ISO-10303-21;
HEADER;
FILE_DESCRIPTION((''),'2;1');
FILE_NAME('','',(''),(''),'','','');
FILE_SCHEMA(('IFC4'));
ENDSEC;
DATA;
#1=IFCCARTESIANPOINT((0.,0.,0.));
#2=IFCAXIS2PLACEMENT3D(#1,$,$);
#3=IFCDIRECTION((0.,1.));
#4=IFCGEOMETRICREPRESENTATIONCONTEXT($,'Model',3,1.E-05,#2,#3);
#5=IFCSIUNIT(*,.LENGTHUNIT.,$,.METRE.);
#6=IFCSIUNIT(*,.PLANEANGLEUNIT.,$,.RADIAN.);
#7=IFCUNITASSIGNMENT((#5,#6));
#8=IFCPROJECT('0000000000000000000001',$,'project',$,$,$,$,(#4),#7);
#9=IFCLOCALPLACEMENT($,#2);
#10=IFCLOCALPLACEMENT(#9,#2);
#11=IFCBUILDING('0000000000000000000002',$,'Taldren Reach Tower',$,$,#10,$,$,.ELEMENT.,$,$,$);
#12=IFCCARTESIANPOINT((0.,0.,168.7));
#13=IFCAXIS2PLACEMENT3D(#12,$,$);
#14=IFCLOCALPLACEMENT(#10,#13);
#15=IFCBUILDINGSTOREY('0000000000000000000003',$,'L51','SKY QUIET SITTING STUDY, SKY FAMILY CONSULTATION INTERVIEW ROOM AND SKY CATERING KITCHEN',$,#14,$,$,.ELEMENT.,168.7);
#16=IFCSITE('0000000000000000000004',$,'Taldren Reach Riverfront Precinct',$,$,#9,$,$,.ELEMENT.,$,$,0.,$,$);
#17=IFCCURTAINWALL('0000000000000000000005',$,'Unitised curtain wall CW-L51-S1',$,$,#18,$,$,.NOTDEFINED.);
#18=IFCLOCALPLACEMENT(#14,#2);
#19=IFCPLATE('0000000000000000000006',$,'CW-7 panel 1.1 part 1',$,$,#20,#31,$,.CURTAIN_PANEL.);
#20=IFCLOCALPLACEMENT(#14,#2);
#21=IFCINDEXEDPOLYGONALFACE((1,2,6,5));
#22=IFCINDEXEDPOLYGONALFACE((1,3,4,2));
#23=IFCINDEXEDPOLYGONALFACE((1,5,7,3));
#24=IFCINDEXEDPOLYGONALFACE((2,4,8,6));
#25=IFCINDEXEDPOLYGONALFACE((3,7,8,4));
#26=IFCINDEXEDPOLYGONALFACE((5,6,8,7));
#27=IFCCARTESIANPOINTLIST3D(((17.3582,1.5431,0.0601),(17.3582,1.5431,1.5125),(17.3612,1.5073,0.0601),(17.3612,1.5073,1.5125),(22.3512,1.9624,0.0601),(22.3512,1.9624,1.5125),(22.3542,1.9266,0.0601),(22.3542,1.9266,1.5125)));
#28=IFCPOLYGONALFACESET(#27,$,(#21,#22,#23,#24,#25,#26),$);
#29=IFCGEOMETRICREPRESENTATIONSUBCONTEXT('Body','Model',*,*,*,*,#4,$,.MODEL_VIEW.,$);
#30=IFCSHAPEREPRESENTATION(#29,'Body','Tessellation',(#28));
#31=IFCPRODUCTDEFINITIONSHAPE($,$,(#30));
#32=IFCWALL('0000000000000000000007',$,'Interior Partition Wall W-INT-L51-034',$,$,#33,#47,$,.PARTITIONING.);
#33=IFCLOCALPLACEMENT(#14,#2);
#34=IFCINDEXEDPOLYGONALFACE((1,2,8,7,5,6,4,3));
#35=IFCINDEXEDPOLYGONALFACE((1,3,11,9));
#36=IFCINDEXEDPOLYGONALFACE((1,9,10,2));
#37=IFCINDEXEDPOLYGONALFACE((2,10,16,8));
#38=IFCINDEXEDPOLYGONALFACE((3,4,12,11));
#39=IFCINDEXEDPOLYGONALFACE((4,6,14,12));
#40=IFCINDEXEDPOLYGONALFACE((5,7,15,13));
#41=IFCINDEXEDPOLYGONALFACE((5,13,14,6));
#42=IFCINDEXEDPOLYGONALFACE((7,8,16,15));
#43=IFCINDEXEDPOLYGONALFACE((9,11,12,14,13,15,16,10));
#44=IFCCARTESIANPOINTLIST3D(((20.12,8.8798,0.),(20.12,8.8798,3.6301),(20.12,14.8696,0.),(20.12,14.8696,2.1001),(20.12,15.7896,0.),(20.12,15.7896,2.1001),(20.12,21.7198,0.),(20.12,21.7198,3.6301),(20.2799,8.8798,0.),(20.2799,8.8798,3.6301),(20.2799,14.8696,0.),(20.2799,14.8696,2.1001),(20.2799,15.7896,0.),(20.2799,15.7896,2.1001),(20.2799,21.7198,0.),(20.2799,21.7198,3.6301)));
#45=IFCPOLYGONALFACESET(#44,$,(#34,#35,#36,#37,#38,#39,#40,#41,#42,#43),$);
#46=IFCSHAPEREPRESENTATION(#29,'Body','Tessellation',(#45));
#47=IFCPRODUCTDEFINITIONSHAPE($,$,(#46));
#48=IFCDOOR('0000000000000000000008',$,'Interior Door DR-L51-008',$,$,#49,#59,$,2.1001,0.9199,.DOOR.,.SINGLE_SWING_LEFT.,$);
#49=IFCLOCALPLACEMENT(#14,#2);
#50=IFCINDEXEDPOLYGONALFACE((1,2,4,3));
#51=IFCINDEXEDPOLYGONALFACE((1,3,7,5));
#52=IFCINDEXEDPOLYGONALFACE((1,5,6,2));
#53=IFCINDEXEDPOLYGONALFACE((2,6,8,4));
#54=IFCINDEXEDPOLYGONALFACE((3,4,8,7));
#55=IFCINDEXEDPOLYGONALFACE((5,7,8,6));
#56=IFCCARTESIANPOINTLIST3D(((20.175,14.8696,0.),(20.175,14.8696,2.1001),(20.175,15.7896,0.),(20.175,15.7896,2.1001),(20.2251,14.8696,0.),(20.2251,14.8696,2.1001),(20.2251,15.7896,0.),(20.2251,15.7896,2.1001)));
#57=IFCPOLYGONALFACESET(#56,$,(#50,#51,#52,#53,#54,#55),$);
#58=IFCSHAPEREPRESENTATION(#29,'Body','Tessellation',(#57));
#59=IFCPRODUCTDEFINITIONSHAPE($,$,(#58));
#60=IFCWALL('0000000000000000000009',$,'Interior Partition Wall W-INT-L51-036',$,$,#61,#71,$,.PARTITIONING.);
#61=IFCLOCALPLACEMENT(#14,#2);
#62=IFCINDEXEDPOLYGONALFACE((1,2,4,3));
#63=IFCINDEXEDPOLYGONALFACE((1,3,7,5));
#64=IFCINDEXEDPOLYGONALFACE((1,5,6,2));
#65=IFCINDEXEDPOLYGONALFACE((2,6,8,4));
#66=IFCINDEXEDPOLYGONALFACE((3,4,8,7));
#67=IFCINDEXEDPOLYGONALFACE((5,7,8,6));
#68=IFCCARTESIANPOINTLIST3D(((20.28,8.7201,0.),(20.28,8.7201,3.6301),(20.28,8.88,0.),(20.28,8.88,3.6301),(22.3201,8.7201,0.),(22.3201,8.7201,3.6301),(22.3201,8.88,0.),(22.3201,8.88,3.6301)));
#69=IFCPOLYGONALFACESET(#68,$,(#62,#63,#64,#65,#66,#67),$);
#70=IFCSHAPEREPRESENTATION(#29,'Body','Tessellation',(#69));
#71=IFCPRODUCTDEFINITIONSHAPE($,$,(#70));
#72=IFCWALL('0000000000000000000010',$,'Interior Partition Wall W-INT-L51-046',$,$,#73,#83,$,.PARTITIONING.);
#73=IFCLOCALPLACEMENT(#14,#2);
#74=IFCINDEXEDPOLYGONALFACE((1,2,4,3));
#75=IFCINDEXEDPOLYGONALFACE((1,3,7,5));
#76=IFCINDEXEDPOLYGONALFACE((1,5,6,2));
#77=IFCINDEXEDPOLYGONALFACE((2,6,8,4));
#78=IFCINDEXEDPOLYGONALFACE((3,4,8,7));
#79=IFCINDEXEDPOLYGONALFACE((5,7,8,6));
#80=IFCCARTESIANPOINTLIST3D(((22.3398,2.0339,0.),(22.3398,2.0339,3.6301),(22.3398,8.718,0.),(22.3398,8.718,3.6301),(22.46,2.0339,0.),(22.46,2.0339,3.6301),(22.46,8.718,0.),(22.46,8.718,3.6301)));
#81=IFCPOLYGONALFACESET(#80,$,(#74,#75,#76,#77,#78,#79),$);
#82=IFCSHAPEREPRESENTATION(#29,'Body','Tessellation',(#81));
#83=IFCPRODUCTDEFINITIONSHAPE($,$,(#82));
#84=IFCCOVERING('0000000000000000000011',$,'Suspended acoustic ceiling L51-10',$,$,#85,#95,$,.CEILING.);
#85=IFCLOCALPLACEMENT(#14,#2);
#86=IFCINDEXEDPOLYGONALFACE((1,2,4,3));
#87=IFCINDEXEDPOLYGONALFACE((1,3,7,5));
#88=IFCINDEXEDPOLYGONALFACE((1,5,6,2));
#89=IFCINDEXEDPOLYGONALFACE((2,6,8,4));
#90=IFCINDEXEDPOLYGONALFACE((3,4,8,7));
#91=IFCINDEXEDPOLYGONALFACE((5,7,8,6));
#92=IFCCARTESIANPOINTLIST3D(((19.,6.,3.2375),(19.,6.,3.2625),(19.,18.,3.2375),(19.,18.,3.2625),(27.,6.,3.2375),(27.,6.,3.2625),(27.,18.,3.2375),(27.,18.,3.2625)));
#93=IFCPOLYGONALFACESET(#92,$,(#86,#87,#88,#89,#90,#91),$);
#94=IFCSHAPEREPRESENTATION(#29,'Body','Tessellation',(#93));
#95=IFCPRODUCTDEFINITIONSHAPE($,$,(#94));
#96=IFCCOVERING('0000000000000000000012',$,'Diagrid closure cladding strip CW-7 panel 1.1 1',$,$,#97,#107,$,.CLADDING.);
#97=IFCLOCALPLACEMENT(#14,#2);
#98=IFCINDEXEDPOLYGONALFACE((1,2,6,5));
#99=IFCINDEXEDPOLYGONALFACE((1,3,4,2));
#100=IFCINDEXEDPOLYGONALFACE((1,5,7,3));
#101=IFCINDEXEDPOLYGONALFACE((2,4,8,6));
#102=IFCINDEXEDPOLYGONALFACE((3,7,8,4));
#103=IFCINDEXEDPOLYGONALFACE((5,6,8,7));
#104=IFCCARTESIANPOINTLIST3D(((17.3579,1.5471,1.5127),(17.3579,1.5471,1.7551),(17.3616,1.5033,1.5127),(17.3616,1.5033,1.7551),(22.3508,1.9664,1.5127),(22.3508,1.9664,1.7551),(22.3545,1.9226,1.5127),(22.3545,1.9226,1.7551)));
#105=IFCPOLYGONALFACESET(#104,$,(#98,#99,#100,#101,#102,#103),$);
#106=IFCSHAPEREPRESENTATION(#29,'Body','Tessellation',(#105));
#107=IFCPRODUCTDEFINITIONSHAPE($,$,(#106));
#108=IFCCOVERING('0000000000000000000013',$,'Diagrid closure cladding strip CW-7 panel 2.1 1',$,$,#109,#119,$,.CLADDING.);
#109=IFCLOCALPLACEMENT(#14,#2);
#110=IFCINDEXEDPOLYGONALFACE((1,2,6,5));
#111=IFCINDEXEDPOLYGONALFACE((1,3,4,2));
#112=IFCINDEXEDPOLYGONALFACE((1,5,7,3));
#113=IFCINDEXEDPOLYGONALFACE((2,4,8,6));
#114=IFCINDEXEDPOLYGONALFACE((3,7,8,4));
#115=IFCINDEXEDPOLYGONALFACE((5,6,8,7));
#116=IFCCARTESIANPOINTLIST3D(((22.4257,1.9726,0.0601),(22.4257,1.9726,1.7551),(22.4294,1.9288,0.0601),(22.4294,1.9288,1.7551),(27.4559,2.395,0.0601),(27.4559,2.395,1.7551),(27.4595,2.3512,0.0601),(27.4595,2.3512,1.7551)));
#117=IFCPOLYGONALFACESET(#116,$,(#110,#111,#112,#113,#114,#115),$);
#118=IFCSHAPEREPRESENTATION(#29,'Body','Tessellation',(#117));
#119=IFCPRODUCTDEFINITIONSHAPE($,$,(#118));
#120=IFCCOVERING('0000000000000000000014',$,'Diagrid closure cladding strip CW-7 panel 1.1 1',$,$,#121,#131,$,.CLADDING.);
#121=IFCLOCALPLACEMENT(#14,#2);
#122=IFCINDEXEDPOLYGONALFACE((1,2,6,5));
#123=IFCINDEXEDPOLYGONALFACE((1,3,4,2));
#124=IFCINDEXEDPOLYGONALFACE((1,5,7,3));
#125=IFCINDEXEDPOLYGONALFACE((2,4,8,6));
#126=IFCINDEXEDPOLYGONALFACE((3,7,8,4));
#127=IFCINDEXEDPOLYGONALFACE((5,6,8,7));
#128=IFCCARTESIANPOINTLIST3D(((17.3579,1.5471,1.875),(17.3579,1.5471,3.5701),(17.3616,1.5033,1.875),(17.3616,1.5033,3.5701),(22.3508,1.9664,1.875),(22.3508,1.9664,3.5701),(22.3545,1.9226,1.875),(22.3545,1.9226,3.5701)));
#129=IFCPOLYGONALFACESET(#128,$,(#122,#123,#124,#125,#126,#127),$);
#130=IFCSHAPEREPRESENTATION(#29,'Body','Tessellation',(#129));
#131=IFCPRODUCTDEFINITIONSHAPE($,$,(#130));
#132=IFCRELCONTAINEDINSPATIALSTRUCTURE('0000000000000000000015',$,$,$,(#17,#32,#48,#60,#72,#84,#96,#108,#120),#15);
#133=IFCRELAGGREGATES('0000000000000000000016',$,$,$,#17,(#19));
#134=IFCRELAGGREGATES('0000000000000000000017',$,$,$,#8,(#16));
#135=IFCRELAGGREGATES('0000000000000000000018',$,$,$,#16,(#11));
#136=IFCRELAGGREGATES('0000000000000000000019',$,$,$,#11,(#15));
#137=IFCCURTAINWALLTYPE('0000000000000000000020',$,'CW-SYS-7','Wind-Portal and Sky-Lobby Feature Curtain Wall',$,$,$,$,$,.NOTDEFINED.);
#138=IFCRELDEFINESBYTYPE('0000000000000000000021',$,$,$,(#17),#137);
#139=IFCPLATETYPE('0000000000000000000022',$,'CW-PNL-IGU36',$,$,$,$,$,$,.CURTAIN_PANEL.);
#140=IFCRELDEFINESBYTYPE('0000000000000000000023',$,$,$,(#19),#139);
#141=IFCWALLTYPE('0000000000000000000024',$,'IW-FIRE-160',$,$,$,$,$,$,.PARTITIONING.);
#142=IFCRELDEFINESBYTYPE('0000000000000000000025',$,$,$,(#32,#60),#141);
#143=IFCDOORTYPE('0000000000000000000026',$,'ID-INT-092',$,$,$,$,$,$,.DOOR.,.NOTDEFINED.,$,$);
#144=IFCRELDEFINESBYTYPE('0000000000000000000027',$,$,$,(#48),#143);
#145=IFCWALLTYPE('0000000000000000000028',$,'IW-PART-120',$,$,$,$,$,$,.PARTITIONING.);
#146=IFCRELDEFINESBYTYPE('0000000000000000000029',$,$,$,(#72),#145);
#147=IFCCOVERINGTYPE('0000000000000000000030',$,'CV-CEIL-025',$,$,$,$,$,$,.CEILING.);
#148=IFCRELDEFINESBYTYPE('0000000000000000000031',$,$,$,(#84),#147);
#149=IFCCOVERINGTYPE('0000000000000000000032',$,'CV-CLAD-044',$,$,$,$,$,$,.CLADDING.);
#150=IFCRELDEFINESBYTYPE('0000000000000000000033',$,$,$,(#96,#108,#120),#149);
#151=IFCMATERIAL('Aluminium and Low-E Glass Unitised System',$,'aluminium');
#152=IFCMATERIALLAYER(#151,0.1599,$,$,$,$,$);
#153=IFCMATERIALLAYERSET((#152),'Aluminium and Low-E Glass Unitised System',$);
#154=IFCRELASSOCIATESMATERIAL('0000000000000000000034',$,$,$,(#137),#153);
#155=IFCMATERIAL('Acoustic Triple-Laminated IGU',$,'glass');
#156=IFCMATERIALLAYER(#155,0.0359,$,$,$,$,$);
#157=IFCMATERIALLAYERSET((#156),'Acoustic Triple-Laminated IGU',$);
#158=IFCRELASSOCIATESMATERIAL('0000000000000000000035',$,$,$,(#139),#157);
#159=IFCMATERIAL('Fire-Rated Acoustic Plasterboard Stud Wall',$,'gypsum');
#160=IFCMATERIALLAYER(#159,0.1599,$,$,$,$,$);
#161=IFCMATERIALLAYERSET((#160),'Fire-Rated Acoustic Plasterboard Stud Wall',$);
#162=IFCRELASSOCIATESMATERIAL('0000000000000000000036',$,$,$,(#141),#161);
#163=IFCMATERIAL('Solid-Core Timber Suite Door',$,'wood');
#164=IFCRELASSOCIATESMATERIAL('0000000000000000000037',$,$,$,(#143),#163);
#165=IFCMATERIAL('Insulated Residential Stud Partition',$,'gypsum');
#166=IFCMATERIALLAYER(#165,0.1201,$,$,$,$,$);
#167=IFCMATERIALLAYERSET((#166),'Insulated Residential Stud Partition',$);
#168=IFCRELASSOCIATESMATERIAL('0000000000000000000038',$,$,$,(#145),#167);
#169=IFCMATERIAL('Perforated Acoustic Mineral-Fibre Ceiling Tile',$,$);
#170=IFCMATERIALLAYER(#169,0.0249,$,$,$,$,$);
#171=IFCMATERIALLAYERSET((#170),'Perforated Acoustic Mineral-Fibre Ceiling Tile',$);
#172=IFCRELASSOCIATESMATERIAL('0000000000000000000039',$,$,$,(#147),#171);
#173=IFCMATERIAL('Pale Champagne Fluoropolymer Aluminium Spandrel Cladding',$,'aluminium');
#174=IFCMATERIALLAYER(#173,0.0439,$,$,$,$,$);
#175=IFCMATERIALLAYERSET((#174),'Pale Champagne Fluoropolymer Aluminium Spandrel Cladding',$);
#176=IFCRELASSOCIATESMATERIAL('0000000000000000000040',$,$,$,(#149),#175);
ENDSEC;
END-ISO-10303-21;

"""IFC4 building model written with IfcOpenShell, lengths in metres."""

from ifc_helpers import new_model, si_unit, direction, frame, frame_2d, origin, origin_2d, place, context, subcontext, project, spatial, rectangle, extrude, source, transform, mapped, material, layer, layer_set, type_object, element, fill, aggregate, save


model = new_model("IFC4")

# Units and contexts
model_context = context("Model", 3, precision=1e-05, world=origin(), true_north=direction((0.0, 1.0)))
body_context = subcontext(model_context, "Body", "Model", "MODEL_VIEW")
ifc_project = project(units=[si_unit("LENGTHUNIT", "METRE"), si_unit("PLANEANGLEUNIT", "RADIAN")], contexts=[model_context])

# Site, building, storey
site_placement = place(None, origin())
site = spatial("IfcSite", under=ifc_project, at=site_placement, Name="Taldren Reach Riverfront Precinct", CompositionType="ELEMENT", RefElevation=0.0)
building_placement = place(site_placement, origin())
building = spatial("IfcBuilding", under=site, at=building_placement, Name="Taldren Reach Tower", CompositionType="ELEMENT")
storey_placement = place(building_placement, frame((0.0, 0.0, 168.7)))
storey = spatial("IfcBuildingStorey", under=building, at=storey_placement, Name="L51", Description="SKY QUIET SITTING STUDY, SKY FAMILY CONSULTATION INTERVIEW ROOM AND SKY CATERING KITCHEN", CompositionType="ELEMENT", Elevation=168.7)

# Curtain wall
ifc_material_1 = material(Name="Aluminium and Low-E Glass Unitised System", Category="aluminium")
ifc_layer_1 = layer(ifc_material_1, 0.1599)
ifc_layer_set_1 = layer_set([ifc_layer_1], Name="Aluminium and Low-E Glass Unitised System")
curtain_wall_type = type_object("IfcCurtainWallType", Name="CW-SYS-7", Description="Wind-Portal and Sky-Lobby Feature Curtain Wall", PredefinedType="NOTDEFINED", material=ifc_layer_set_1)
curtain_wall_1_placement = place(storey_placement, origin())
curtain_wall_1 = element("IfcCurtainWall", 1, at=curtain_wall_1_placement, inside=storey, type_object=curtain_wall_type, Name="Unitised curtain wall CW-L51-S1", PredefinedType="NOTDEFINED")

# Plate
ifc_material_2 = material(Name="Acoustic Triple-Laminated IGU", Category="glass")
ifc_layer_2 = layer(ifc_material_2, 0.0359)
ifc_layer_set_2 = layer_set([ifc_layer_2], Name="Acoustic Triple-Laminated IGU")
plate_type_1 = type_object("IfcPlateType", Name="CW-PNL-IGU36", PredefinedType="CURTAIN_PANEL", material=ifc_layer_set_2)
shared_shape_1 = source(origin(), body_context, "Body", "SweptSolid", [
    extrude(rectangle(XDim=5.0105, YDim=0.0359, at=origin_2d()), origin(), (0.0, 0.0, 1.0), 1.4524),
])
plate_1_placement = place(storey_placement, frame((19.8562, 1.7349, 0.0601), z_axis=(0.0, 0.0, 1.0), x_axis=(0.996493, 0.083678, 0.0)))
plate_1 = element("IfcPlate", 2, at=plate_1_placement, type_object=plate_type_1, Name="CW-7 panel 1.1 part 1", PredefinedType="CURTAIN_PANEL", context=body_context, shape_type="MappedRepresentation", body=[
    mapped(shared_shape_1, transform((0.0, 0.0, 0.0), scale=1.0)),
])
aggregate(curtain_wall_1, [plate_1])

# Wall, opening, door
ifc_material_3 = material(Name="Fire-Rated Acoustic Plasterboard Stud Wall", Category="gypsum")
ifc_layer_3 = layer(ifc_material_3, 0.1599)
ifc_layer_set_3 = layer_set([ifc_layer_3], Name="Fire-Rated Acoustic Plasterboard Stud Wall")
wall_type_1 = type_object("IfcWallType", Name="IW-FIRE-160", PredefinedType="PARTITIONING", material=ifc_layer_set_3)
shared_shape_2 = source(origin(), body_context, "Body", "SweptSolid", [
    extrude(rectangle(XDim=12.8401, YDim=0.1599, at=frame_2d((6.4199, 0.0))), origin(), (0.0, 0.0, 1.0), 3.6301),
])
wall_1_placement = place(storey_placement, frame((20.2, 8.8799, 0.0), z_axis=(0.0, 0.0, 1.0), x_axis=(0.0, 1.0, 0.0)))
wall_1 = element("IfcWall", 3, at=wall_1_placement, inside=storey, type_object=wall_type_1, Name="Interior Partition Wall W-INT-L51-034", PredefinedType="PARTITIONING", context=body_context, shape_type="MappedRepresentation", body=[
    mapped(shared_shape_2, transform((0.0, 0.0, 0.0), scale=1.0)),
])
shared_shape_3 = source(origin(), body_context, "Body", "SweptSolid", [
    extrude(rectangle(XDim=0.9199, YDim=2.1001, at=frame_2d((0.46, 1.05))), frame((0.0, 0.0898, 0.0), z_axis=(0.0, -1.0, 0.0), x_axis=(1.0, 0.0, 0.0)), (0.0, 0.0, 1.0), 0.1799),
])
opening_placement = place(wall_1_placement, frame((5.9897, 0.0, 0.0)))
opening = element("IfcOpeningElement", 4, at=opening_placement, cuts=wall_1, PredefinedType="OPENING", context=body_context, shape_type="MappedRepresentation", body=[
    mapped(shared_shape_3, transform((0.0, 0.0, 0.0), scale=1.0)),
])
ifc_material_4 = material(Name="Solid-Core Timber Suite Door", Category="wood")
door_type = type_object("IfcDoorType", Name="ID-INT-092", OperationType="NOTDEFINED", PredefinedType="DOOR", material=ifc_material_4)
shared_shape_4 = source(origin(), body_context, "Body", "SweptSolid", [
    extrude(rectangle(XDim=0.9199, YDim=2.1001, at=frame_2d((0.46, 1.05))), frame((0.0, 0.0249, 0.0), z_axis=(0.0, -1.0, 0.0), x_axis=(1.0, 0.0, 0.0)), (0.0, 0.0, 1.0), 0.05),
])
door_placement = place(opening_placement, origin())
door = element("IfcDoor", 5, at=door_placement, inside=storey, type_object=door_type, Name="Interior Door DR-L51-008", OperationType="SINGLE_SWING_LEFT", OverallHeight=2.1001, OverallWidth=0.9199, PredefinedType="DOOR", context=body_context, shape_type="MappedRepresentation", body=[
    mapped(shared_shape_4, transform((0.0, 0.0, 0.0), scale=1.0)),
])
fill(opening, door)

# Walls
shared_shape_5 = source(origin(), body_context, "Body", "SweptSolid", [
    extrude(rectangle(XDim=2.04, YDim=0.1599, at=frame_2d((1.02, 0.0))), origin(), (0.0, 0.0, 1.0), 3.6301),
])
wall_2_placement = place(storey_placement, frame((22.3201, 8.8, 0.0), z_axis=(0.0, 0.0, 1.0), x_axis=(-1.0, 0.0, 0.0)))
element("IfcWall", 6, at=wall_2_placement, inside=storey, type_object=wall_type_1, Name="Interior Partition Wall W-INT-L51-036", PredefinedType="PARTITIONING", context=body_context, shape_type="MappedRepresentation", body=[
    mapped(shared_shape_5, transform((0.0, 0.0, 0.0), scale=1.0)),
])
ifc_material_5 = material(Name="Insulated Residential Stud Partition", Category="gypsum")
ifc_layer_4 = layer(ifc_material_5, 0.1201)
ifc_layer_set_4 = layer_set([ifc_layer_4], Name="Insulated Residential Stud Partition")
wall_type_2 = type_object("IfcWallType", Name="IW-PART-120", PredefinedType="PARTITIONING", material=ifc_layer_set_4)
shared_shape_6 = source(origin(), body_context, "Body", "SweptSolid", [
    extrude(rectangle(XDim=6.6841, YDim=0.1201, at=frame_2d((3.342, 0.0))), origin(), (0.0, 0.0, 1.0), 3.6301),
])
wall_3_placement = place(storey_placement, frame((22.3999, 8.718, 0.0), z_axis=(0.0, 0.0, 1.0), x_axis=(0.0, -1.0, 0.0)))
element("IfcWall", 7, at=wall_3_placement, inside=storey, type_object=wall_type_2, Name="Interior Partition Wall W-INT-L51-046", PredefinedType="PARTITIONING", context=body_context, shape_type="MappedRepresentation", body=[
    mapped(shared_shape_6, transform((0.0, 0.0, 0.0), scale=1.0)),
])

# Coverings
ifc_material_6 = material(Name="Perforated Acoustic Mineral-Fibre Ceiling Tile")
ifc_layer_5 = layer(ifc_material_6, 0.0249)
ifc_layer_set_5 = layer_set([ifc_layer_5], Name="Perforated Acoustic Mineral-Fibre Ceiling Tile")
covering_type_1 = type_object("IfcCoveringType", Name="CV-CEIL-025", PredefinedType="CEILING", material=ifc_layer_set_5)
shared_shape_7 = source(origin(), body_context, "Body", "SweptSolid", [
    extrude(rectangle(XDim=8.0, YDim=12.0, at=origin_2d()), origin(), (0.0, 0.0, 1.0), 0.0249),
])
covering_1_placement = place(storey_placement, frame((23.0, 12.0, 3.2375), z_axis=(0.0, 0.0, 1.0), x_axis=(1.0, 0.0, 0.0)))
element("IfcCovering", 8, at=covering_1_placement, inside=storey, type_object=covering_type_1, Name="Suspended acoustic ceiling L51-10", PredefinedType="CEILING", context=body_context, shape_type="MappedRepresentation", body=[
    mapped(shared_shape_7, transform((0.0, 0.0, 0.0), scale=1.0)),
])
ifc_material_7 = material(Name="Pale Champagne Fluoropolymer Aluminium Spandrel Cladding", Category="aluminium")
ifc_layer_6 = layer(ifc_material_7, 0.0439)
ifc_layer_set_6 = layer_set([ifc_layer_6], Name="Pale Champagne Fluoropolymer Aluminium Spandrel Cladding")
covering_type_2 = type_object("IfcCoveringType", Name="CV-CLAD-044", PredefinedType="CLADDING", material=ifc_layer_set_6)
shared_shape_8 = source(origin(), body_context, "Body", "SweptSolid", [
    extrude(rectangle(XDim=5.0105, YDim=0.0439, at=origin_2d()), origin(), (0.0, 0.0, 1.0), 0.2424),
])
covering_2_placement = place(storey_placement, frame((19.8562, 1.7349, 1.5127), z_axis=(0.0, 0.0, 1.0), x_axis=(0.996493, 0.083678, 0.0)))
element("IfcCovering", 9, at=covering_2_placement, inside=storey, type_object=covering_type_2, Name="Diagrid closure cladding strip CW-7 panel 1.1 1", PredefinedType="CLADDING", context=body_context, shape_type="MappedRepresentation", body=[
    mapped(shared_shape_8, transform((0.0, 0.0, 0.0), scale=1.0)),
])
shared_shape_9 = source(origin(), body_context, "Body", "SweptSolid", [
    extrude(rectangle(XDim=5.0479, YDim=0.0439, at=origin_2d()), origin(), (0.0, 0.0, 1.0), 1.6951),
])
covering_3_placement = place(storey_placement, frame((24.9426, 2.1619, 0.0601), z_axis=(0.0, 0.0, 1.0), x_axis=(0.996493, 0.083678, 0.0)))
element("IfcCovering", 10, at=covering_3_placement, inside=storey, type_object=covering_type_2, Name="Diagrid closure cladding strip CW-7 panel 2.1 1", PredefinedType="CLADDING", context=body_context, shape_type="MappedRepresentation", body=[
    mapped(shared_shape_9, transform((0.0, 0.0, 0.0), scale=1.0)),
])
shared_shape_10 = source(origin(), body_context, "Body", "SweptSolid", [
    extrude(rectangle(XDim=5.0105, YDim=0.0439, at=origin_2d()), origin(), (0.0, 0.0, 1.0), 1.6951),
])
covering_4_placement = place(storey_placement, frame((19.8562, 1.7349, 1.875), z_axis=(0.0, 0.0, 1.0), x_axis=(0.996493, 0.083678, 0.0)))
element("IfcCovering", 11, at=covering_4_placement, inside=storey, type_object=covering_type_2, Name="Diagrid closure cladding strip CW-7 panel 1.1 1", PredefinedType="CLADDING", context=body_context, shape_type="MappedRepresentation", body=[
    mapped(shared_shape_10, transform((0.0, 0.0, 0.0), scale=1.0)),
])

save(model, "model.ifc")
